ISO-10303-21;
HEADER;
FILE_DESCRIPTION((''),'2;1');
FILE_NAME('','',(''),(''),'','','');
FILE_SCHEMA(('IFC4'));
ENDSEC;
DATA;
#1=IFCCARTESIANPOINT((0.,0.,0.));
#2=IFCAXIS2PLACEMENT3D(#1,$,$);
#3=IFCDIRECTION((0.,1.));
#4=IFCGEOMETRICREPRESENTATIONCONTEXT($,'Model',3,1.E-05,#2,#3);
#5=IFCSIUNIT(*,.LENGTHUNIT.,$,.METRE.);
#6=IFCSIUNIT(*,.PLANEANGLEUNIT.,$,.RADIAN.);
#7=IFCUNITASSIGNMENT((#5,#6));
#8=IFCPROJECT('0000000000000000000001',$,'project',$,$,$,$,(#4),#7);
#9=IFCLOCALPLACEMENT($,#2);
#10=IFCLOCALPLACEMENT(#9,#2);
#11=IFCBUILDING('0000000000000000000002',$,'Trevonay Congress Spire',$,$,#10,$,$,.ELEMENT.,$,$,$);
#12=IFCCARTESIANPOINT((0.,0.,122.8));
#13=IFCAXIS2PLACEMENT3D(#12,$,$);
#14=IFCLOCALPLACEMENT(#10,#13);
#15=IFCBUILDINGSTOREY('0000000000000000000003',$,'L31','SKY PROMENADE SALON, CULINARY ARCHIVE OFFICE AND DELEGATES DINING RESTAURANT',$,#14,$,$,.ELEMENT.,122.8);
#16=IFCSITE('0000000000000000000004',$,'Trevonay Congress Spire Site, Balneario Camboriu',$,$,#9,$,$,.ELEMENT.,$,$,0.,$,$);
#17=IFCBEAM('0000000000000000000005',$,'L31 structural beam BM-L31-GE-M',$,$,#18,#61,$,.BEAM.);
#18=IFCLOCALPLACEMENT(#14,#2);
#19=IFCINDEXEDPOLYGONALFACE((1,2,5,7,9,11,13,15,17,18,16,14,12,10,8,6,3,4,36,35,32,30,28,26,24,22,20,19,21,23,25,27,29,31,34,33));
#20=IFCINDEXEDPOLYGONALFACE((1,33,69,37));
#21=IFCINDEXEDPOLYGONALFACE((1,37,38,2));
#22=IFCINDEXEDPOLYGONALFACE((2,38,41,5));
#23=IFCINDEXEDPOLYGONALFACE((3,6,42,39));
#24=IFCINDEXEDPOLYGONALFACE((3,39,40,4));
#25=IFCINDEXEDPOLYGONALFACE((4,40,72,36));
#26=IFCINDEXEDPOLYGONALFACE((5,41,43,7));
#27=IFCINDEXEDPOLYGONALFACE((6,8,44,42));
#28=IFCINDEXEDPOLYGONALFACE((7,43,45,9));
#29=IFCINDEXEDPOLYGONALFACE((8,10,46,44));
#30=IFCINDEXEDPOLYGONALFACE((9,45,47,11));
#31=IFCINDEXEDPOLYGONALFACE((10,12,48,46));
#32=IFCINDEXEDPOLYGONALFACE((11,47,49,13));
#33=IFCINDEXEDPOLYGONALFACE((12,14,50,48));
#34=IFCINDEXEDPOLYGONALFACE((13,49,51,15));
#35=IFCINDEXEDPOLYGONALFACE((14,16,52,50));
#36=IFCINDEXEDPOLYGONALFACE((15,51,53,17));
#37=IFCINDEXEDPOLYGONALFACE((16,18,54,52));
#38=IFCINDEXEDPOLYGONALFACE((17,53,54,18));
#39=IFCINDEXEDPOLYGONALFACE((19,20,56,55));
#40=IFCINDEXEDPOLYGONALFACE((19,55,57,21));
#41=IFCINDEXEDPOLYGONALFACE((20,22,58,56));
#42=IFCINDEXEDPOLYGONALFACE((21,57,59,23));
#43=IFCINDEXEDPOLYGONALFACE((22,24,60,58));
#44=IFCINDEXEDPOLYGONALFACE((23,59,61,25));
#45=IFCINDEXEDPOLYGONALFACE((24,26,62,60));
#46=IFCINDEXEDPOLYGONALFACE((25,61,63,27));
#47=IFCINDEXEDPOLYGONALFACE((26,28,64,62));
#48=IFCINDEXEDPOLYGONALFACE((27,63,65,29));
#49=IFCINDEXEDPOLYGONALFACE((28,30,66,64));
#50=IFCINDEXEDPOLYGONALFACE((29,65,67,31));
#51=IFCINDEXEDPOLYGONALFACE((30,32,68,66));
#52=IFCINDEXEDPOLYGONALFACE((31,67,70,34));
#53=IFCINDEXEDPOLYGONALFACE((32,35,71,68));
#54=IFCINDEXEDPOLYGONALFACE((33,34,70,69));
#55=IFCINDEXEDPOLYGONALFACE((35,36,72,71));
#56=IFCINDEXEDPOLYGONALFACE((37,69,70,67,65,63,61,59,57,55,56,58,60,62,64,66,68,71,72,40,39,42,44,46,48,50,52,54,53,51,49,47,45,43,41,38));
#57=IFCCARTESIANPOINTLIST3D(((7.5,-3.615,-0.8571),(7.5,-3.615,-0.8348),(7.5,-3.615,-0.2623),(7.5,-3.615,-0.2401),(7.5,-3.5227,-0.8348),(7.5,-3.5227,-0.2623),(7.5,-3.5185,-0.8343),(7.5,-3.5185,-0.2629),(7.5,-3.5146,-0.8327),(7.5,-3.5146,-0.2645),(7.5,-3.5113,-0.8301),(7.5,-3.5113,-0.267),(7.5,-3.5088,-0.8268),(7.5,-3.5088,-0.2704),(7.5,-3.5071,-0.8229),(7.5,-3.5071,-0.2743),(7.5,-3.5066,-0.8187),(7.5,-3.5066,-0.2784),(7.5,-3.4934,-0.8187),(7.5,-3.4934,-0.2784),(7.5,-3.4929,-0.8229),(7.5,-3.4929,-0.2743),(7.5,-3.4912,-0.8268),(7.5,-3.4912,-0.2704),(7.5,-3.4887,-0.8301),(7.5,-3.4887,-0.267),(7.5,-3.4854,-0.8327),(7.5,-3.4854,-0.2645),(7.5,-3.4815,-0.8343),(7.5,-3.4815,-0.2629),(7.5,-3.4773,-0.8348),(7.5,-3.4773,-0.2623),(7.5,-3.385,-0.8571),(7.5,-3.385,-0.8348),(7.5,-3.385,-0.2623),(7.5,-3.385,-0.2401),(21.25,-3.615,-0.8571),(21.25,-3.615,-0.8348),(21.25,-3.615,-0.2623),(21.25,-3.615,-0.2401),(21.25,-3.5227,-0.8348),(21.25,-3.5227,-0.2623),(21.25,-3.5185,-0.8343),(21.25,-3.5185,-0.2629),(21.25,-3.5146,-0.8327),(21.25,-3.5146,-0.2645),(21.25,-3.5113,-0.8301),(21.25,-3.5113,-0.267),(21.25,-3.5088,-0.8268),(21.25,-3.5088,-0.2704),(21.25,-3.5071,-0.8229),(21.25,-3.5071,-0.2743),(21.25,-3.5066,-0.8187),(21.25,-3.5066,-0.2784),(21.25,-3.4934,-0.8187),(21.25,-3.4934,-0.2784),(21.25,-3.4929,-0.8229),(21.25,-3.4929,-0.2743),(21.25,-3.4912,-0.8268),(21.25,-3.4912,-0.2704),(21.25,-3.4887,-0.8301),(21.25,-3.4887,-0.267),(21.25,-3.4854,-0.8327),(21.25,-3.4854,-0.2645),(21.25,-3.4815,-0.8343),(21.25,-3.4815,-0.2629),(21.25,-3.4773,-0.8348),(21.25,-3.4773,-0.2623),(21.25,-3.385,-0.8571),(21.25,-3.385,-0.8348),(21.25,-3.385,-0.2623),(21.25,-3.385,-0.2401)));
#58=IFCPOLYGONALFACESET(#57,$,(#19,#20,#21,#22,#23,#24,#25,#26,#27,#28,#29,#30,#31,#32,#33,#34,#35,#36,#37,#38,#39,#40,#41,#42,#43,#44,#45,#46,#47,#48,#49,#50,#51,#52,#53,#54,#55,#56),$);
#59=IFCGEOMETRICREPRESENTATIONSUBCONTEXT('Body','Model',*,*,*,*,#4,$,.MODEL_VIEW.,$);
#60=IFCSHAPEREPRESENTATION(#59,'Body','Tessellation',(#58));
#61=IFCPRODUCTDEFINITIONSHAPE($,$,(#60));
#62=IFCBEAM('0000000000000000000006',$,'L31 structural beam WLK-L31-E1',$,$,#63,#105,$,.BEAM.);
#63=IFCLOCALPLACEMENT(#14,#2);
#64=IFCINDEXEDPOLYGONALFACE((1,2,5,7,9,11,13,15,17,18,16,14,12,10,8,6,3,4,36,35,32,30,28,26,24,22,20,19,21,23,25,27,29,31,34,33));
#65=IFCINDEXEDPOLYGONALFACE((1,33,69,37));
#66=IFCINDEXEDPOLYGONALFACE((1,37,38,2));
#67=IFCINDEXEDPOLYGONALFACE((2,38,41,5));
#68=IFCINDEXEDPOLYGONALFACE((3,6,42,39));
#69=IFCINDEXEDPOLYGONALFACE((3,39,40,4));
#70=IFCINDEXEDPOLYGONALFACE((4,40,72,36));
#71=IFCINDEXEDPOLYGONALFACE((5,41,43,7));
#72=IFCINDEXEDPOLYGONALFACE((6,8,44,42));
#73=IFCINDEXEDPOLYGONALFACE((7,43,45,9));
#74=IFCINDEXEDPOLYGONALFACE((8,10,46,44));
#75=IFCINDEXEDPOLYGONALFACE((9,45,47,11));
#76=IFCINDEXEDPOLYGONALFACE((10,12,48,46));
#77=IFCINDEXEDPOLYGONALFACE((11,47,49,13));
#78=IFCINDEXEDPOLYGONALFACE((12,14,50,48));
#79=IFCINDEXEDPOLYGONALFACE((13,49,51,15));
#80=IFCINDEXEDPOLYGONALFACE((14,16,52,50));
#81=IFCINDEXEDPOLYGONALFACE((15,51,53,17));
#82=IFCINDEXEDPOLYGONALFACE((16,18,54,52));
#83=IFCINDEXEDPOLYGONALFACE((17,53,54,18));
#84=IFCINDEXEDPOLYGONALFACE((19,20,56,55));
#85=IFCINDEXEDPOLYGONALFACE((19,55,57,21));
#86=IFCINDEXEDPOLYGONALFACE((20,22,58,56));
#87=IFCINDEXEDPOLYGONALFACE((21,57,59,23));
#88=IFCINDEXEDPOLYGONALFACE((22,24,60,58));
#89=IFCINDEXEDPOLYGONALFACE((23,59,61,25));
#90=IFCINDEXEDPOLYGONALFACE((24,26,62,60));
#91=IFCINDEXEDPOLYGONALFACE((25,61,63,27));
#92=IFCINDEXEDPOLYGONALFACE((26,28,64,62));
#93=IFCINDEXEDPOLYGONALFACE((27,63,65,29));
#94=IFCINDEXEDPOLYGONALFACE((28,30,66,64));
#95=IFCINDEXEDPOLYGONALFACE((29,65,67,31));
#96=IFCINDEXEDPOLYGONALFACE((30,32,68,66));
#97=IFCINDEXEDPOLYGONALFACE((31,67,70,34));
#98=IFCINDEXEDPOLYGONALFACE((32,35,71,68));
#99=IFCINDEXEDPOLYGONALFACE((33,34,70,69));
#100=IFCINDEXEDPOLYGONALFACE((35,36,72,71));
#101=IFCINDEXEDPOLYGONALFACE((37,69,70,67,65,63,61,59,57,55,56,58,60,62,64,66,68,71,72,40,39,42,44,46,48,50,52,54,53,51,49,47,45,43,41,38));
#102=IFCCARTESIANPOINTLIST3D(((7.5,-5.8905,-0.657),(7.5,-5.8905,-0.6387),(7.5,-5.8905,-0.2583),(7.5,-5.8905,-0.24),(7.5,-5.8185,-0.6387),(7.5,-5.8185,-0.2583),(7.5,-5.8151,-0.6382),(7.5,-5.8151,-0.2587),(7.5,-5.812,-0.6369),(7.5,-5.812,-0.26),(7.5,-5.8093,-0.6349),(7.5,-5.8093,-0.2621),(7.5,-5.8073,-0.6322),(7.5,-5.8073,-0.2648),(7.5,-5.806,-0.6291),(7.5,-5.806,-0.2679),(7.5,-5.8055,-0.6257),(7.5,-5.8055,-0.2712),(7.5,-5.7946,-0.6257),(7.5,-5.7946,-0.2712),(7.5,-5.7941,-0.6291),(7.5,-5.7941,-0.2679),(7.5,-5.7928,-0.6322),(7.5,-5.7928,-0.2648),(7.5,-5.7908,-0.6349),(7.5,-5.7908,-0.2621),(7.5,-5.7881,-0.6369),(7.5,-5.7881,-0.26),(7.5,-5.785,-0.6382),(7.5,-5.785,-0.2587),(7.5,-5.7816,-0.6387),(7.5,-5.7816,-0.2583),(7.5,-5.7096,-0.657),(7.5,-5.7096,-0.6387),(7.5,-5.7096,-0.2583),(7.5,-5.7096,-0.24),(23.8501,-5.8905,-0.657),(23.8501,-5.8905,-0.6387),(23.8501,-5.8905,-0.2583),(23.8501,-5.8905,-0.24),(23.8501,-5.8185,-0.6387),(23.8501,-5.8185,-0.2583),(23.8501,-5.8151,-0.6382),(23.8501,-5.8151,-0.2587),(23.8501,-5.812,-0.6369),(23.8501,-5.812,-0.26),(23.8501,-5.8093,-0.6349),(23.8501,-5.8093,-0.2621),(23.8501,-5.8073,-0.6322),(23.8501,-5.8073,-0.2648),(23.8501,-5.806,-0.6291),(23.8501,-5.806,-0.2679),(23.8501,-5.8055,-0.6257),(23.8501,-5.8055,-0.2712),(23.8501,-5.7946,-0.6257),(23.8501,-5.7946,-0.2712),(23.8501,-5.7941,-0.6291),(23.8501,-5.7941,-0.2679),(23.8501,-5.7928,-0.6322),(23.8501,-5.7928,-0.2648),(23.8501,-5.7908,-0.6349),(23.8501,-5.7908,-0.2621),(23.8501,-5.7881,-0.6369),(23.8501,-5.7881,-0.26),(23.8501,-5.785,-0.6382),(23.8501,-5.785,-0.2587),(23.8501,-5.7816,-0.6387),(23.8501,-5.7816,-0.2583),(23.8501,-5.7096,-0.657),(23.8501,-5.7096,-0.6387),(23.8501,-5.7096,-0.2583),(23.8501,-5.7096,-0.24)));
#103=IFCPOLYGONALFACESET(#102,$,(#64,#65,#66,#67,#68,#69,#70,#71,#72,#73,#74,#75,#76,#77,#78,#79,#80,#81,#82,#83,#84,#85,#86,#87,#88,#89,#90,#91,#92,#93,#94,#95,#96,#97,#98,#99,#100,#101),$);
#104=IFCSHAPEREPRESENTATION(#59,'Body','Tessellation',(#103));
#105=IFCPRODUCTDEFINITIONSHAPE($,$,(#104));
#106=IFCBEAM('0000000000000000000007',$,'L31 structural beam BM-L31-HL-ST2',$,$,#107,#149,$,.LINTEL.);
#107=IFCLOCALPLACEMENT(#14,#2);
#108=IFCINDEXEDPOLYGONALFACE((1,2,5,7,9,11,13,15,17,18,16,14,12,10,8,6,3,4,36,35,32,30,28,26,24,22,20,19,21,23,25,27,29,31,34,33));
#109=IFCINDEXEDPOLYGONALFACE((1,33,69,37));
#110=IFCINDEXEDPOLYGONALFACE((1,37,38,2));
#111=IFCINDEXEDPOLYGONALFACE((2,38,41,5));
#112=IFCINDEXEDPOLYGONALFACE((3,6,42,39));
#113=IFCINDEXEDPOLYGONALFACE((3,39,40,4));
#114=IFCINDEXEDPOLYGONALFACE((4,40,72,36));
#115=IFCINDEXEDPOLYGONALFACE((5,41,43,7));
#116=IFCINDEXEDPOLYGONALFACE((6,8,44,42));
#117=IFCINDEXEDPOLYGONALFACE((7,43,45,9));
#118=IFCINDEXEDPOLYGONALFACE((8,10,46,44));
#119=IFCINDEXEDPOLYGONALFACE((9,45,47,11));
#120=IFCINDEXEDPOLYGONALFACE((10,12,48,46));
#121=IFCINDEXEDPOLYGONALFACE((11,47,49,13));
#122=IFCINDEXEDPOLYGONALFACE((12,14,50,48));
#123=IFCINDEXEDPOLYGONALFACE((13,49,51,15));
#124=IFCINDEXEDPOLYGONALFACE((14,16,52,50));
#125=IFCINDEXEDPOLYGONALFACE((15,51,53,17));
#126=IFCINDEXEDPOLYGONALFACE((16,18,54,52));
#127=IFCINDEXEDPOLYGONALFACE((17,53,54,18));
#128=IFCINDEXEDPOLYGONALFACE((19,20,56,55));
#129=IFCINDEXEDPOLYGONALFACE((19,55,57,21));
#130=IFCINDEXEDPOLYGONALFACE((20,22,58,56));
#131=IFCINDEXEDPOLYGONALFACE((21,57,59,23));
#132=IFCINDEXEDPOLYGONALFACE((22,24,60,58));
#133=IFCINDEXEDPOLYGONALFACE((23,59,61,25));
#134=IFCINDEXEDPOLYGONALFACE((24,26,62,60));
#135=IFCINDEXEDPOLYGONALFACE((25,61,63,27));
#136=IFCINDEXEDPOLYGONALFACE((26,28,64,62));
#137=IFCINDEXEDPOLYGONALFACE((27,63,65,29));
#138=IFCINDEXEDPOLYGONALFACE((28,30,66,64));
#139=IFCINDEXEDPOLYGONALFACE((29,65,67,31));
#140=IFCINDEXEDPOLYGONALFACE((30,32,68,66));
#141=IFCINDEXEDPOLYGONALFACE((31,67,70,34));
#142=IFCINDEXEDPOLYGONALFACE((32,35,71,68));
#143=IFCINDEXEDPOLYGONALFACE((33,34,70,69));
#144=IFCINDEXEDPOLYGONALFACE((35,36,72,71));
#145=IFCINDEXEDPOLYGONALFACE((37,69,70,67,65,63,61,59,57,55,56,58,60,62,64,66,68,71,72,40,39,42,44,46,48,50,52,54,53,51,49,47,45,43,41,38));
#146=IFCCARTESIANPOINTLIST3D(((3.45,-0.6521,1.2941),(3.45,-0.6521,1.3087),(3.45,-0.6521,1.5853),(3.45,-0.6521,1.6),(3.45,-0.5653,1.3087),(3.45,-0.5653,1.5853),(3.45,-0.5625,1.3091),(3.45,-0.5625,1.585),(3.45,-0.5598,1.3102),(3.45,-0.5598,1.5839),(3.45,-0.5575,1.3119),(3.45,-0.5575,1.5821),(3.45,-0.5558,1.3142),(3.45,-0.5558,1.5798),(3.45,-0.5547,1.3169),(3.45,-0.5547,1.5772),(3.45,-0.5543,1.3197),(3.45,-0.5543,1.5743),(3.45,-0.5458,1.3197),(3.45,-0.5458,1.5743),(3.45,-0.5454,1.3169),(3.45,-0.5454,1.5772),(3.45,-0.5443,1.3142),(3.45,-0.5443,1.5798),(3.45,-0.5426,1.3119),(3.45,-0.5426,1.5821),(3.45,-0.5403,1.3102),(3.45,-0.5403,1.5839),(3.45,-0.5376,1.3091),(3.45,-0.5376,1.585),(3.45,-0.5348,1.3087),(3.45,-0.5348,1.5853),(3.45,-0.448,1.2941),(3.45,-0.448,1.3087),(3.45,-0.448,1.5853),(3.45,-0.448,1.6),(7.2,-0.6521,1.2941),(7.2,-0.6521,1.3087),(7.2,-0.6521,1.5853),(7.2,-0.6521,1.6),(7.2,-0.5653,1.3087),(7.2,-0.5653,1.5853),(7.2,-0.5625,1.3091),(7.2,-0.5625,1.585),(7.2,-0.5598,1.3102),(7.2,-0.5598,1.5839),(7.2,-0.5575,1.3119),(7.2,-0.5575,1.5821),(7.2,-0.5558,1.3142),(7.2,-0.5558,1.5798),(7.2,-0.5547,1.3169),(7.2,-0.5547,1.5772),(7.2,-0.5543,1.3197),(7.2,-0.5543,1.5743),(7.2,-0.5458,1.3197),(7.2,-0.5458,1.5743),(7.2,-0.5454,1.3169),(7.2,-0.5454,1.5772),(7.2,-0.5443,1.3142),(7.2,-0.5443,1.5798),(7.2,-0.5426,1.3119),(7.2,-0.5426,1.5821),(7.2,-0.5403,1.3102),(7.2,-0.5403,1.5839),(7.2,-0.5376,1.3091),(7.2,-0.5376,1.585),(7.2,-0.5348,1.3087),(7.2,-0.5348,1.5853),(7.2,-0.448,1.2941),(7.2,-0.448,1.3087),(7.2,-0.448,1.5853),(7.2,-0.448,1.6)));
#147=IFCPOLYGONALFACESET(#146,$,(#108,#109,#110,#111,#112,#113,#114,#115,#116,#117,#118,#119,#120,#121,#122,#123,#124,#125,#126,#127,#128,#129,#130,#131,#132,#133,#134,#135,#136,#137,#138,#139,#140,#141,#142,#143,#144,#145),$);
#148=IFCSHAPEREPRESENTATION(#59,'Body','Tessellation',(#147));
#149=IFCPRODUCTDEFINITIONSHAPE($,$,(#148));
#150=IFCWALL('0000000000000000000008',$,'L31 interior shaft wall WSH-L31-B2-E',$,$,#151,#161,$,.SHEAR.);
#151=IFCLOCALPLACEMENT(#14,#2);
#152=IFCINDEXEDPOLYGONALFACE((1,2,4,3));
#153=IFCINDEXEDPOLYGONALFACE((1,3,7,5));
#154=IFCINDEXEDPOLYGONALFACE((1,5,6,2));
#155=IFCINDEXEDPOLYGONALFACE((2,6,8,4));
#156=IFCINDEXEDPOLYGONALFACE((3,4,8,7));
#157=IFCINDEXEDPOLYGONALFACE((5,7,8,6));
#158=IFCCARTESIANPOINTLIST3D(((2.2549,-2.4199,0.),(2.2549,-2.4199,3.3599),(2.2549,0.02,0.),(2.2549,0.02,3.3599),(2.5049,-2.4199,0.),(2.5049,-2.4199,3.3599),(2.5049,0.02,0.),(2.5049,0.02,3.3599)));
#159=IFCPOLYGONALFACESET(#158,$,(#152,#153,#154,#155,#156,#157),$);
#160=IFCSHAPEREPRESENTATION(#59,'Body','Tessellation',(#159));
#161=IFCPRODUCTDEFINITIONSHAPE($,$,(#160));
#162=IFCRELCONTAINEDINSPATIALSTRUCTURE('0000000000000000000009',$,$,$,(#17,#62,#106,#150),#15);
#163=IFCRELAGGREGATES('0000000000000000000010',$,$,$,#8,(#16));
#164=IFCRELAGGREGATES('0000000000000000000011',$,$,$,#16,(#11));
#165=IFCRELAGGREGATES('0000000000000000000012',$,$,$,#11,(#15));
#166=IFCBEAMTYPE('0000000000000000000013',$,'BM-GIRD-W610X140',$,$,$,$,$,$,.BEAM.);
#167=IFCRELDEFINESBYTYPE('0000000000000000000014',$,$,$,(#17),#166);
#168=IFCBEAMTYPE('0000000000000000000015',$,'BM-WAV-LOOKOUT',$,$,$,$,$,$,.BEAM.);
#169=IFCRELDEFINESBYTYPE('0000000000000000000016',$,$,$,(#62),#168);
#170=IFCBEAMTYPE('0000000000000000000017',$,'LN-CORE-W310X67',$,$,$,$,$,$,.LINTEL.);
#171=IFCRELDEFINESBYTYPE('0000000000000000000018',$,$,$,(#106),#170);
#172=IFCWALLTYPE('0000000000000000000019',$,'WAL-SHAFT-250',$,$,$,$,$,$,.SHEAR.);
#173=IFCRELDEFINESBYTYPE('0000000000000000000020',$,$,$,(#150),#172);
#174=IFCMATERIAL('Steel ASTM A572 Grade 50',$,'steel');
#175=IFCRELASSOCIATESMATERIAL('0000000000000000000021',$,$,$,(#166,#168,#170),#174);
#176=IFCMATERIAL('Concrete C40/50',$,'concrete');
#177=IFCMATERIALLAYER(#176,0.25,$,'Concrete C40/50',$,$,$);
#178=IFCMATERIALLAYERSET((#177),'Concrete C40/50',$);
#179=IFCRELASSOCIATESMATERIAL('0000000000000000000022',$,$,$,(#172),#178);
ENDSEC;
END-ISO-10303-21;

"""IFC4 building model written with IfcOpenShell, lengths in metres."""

from ifc_helpers import new_model, si_unit, direction, frame, frame_2d, origin, origin_2d, place, context, subcontext, project, spatial, rectangle, i_section, extrude, material, layer, layer_set, material_profile, profile_set, type_object, element, save


model = new_model("IFC4")

# Units and contexts
model_context = context("Model", 3, precision=1e-05, world=origin(), true_north=direction((0.0, 1.0)))
body_context = subcontext(model_context, "Body", "Model", "MODEL_VIEW")
ifc_project = project(units=[si_unit("LENGTHUNIT", "METRE"), si_unit("PLANEANGLEUNIT", "RADIAN")], contexts=[model_context])

# Site, building, storey
site_placement = place(None, origin())
site = spatial("IfcSite", under=ifc_project, at=site_placement, Name="Trevonay Congress Spire Site, Balneario Camboriu", CompositionType="ELEMENT", RefElevation=0.0)
building_placement = place(site_placement, origin())
building = spatial("IfcBuilding", under=site, at=building_placement, Name="Trevonay Congress Spire", CompositionType="ELEMENT")
storey_placement = place(building_placement, frame((0.0, 0.0, 122.8)))
storey = spatial("IfcBuildingStorey", under=building, at=storey_placement, Name="L31", Description="SKY PROMENADE SALON, CULINARY ARCHIVE OFFICE AND DELEGATES DINING RESTAURANT", CompositionType="ELEMENT", Elevation=122.8)

# Beams
ifc_material_1 = material(Name="Steel ASTM A572 Grade 50", Category="steel")
ifc_material_profile_1 = material_profile(ifc_material_1, i_section(OverallWidth=0.23, OverallDepth=0.6169, WebThickness=0.0132, FlangeThickness=0.0222, FilletRadius=0.0161, at=origin_2d()), Name="W610x140")
ifc_profile_set_1 = profile_set([ifc_material_profile_1], Name="Steel ASTM A572 Grade 50")
beam_type_1 = type_object("IfcBeamType", Name="BM-GIRD-W610X140", PredefinedType="BEAM", material=ifc_profile_set_1)
beam_1_placement = place(storey_placement, frame((7.5, -3.5, -0.5486), z_axis=(1.0, 0.0, 0.0), x_axis=(0.0, 1.0, 0.0)))
element("IfcBeam", 1, at=beam_1_placement, inside=storey, type_object=beam_type_1, Name="L31 structural beam BM-L31-GE-M", PredefinedType="BEAM", context=body_context, shape_type="SweptSolid", body=[
    extrude(i_section(OverallWidth=0.23, OverallDepth=0.6169, WebThickness=0.0132, FlangeThickness=0.0222, FilletRadius=0.0161, at=origin_2d()), origin(), (0.0, 0.0, 1.0), 13.75),
])
ifc_material_profile_2 = material_profile(ifc_material_1, i_section(OverallWidth=0.1809, OverallDepth=0.417, WebThickness=0.011, FlangeThickness=0.0183, FilletRadius=0.0129, at=origin_2d()), Name="W410x85")
ifc_profile_set_2 = profile_set([ifc_material_profile_2], Name="Steel ASTM A572 Grade 50")
beam_type_2 = type_object("IfcBeamType", Name="BM-WAV-LOOKOUT", PredefinedType="BEAM", material=ifc_profile_set_2)
beam_2_placement = place(storey_placement, frame((7.5, -5.8, -0.4485), z_axis=(1.0, 0.0, 0.0), x_axis=(0.0, 1.0, 0.0)))
element("IfcBeam", 2, at=beam_2_placement, inside=storey, type_object=beam_type_2, Name="L31 structural beam WLK-L31-E1", PredefinedType="BEAM", context=body_context, shape_type="SweptSolid", body=[
    extrude(i_section(OverallWidth=0.1809, OverallDepth=0.417, WebThickness=0.011, FlangeThickness=0.0183, FilletRadius=0.0129, at=origin_2d()), origin(), (0.0, 0.0, 1.0), 16.3501),
])
ifc_material_profile_3 = material_profile(ifc_material_1, i_section(OverallWidth=0.2041, OverallDepth=0.3059, WebThickness=0.0085, FlangeThickness=0.0146, FilletRadius=0.011, at=origin_2d()), Name="W310x67")
ifc_profile_set_3 = profile_set([ifc_material_profile_3], Name="Steel ASTM A572 Grade 50")
beam_type_3 = type_object("IfcBeamType", Name="LN-CORE-W310X67", PredefinedType="LINTEL", material=ifc_profile_set_3)
beam_3_placement = place(storey_placement, frame((3.45, -0.55, 1.447), z_axis=(1.0, 0.0, 0.0), x_axis=(0.0, 1.0, 0.0)))
element("IfcBeam", 3, at=beam_3_placement, inside=storey, type_object=beam_type_3, Name="L31 structural beam BM-L31-HL-ST2", PredefinedType="LINTEL", context=body_context, shape_type="SweptSolid", body=[
    extrude(i_section(OverallWidth=0.2041, OverallDepth=0.3059, WebThickness=0.0085, FlangeThickness=0.0146, FilletRadius=0.011, at=origin_2d()), origin(), (0.0, 0.0, 1.0), 3.75),
])

# Wall
ifc_material_2 = material(Name="Concrete C40/50", Category="concrete")
ifc_layer_1 = layer(ifc_material_2, 0.25, Name="Concrete C40/50")
ifc_layer_set_1 = layer_set([ifc_layer_1], Name="Concrete C40/50")
wall_type = type_object("IfcWallType", Name="WAL-SHAFT-250", PredefinedType="SHEAR", material=ifc_layer_set_1)
wall_placement = place(storey_placement, frame((2.3799, -2.4199, 0.0), z_axis=(0.0, 0.0, 1.0), x_axis=(0.0, 1.0, 0.0)))
element("IfcWall", 4, at=wall_placement, inside=storey, type_object=wall_type, Name="L31 interior shaft wall WSH-L31-B2-E", PredefinedType="SHEAR", context=body_context, shape_type="SweptSolid", body=[
    extrude(rectangle(XDim=2.4399, YDim=0.25, at=frame_2d((1.22, 0.0))), origin(), (0.0, 0.0, 1.0), 3.3599),
])

save(model, "model.ifc")
